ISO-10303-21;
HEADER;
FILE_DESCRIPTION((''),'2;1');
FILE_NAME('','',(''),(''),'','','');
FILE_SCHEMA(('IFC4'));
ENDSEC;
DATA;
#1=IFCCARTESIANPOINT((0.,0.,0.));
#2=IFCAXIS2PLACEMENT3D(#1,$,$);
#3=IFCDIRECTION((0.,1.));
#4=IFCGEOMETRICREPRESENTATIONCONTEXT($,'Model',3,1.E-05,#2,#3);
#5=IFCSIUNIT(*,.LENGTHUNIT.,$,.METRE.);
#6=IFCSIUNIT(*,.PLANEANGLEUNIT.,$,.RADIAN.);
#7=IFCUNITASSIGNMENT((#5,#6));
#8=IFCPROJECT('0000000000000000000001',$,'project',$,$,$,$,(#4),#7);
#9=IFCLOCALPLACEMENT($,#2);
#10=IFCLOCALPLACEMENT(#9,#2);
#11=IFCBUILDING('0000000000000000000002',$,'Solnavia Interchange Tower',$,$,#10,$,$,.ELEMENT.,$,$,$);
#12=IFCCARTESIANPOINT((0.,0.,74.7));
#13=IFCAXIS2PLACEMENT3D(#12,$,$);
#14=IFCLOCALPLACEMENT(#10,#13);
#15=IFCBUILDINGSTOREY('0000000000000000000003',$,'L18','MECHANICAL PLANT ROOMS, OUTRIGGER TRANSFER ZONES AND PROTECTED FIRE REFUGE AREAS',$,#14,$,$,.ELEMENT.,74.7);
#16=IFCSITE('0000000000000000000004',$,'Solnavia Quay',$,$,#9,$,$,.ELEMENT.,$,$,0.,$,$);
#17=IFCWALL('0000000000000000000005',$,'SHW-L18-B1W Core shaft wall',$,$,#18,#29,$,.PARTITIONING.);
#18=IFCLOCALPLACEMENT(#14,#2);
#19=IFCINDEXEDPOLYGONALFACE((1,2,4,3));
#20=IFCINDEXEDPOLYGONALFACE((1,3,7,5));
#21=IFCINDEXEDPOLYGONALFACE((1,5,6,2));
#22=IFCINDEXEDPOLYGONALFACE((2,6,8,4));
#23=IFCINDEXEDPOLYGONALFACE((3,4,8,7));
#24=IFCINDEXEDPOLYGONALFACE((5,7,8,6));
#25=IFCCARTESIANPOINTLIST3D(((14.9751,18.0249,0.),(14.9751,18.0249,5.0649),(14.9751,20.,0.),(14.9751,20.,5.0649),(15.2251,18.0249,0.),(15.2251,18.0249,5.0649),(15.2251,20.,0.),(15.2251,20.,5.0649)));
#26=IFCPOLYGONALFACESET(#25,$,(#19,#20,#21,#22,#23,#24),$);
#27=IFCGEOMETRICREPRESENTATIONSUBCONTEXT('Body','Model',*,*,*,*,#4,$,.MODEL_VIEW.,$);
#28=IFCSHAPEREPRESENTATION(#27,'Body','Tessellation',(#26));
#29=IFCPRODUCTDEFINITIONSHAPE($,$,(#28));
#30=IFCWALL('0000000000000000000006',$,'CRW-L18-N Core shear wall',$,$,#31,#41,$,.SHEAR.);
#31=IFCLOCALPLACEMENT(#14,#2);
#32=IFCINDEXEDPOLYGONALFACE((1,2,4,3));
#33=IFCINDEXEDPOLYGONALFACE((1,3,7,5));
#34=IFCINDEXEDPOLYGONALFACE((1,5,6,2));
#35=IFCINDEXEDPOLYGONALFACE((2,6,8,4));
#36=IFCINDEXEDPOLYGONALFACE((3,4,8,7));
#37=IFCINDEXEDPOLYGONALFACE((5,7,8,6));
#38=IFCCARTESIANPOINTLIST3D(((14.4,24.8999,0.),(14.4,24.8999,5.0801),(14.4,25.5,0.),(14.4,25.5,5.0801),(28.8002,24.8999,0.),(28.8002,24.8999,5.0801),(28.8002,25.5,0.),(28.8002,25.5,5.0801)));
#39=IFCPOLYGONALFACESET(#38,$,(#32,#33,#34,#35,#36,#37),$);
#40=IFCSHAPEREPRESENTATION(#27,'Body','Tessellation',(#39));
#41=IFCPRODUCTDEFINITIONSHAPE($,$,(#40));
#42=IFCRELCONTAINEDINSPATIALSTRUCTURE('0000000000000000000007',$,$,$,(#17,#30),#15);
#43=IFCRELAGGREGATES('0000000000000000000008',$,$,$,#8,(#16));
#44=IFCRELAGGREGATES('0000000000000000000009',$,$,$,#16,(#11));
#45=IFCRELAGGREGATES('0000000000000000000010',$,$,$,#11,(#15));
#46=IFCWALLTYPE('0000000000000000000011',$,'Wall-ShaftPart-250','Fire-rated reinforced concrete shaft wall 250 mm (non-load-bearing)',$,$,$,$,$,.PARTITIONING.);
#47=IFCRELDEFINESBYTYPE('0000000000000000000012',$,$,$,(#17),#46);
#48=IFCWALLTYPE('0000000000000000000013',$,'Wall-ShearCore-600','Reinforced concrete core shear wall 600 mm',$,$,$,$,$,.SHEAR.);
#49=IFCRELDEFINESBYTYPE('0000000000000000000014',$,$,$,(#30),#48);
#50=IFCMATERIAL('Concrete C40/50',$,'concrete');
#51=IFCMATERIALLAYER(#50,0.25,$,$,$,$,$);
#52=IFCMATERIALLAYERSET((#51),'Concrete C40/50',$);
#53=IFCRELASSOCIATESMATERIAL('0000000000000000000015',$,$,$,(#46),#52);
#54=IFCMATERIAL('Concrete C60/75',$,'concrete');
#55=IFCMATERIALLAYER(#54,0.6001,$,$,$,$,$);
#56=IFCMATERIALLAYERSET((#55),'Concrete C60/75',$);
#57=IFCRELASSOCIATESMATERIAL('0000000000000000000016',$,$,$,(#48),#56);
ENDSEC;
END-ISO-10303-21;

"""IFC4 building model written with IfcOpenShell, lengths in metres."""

from ifc_helpers import new_model, si_unit, direction, frame, frame_2d, origin, place, context, subcontext, project, spatial, rectangle, extrude, material, layer, layer_set, type_object, element, save


model = new_model("IFC4")

# Units and contexts
model_context = context("Model", 3, precision=1e-05, world=origin(), true_north=direction((0.0, 1.0)))
body_context = subcontext(model_context, "Body", "Model", "MODEL_VIEW")
ifc_project = project(units=[si_unit("LENGTHUNIT", "METRE"), si_unit("PLANEANGLEUNIT", "RADIAN")], contexts=[model_context])

# Site, building, storey
site_placement = place(None, origin())
site = spatial("IfcSite", under=ifc_project, at=site_placement, Name="Solnavia Quay", CompositionType="ELEMENT", RefElevation=0.0)
building_placement = place(site_placement, origin())
building = spatial("IfcBuilding", under=site, at=building_placement, Name="Solnavia Interchange Tower", CompositionType="ELEMENT")
storey_placement = place(building_placement, frame((0.0, 0.0, 74.7)))
storey = spatial("IfcBuildingStorey", under=building, at=storey_placement, Name="L18", Description="MECHANICAL PLANT ROOMS, OUTRIGGER TRANSFER ZONES AND PROTECTED FIRE REFUGE AREAS", CompositionType="ELEMENT", Elevation=74.7)

# Shared definitions
ifc_material_1 = material(Name="Concrete C60/75", Category="concrete")

# Shared definitions
ifc_material_2 = material(Name="Concrete C40/50", Category="concrete")

# Shared definitions
ifc_layer_1 = layer(ifc_material_2, 0.25)
ifc_layer_set_1 = layer_set([ifc_layer_1], Name="Concrete C40/50")
wall_type_1 = type_object("IfcWallType", Name="Wall-ShaftPart-250", Description="Fire-rated reinforced concrete shaft wall 250 mm (non-load-bearing)", PredefinedType="PARTITIONING", material=ifc_layer_set_1)

# Walls
wall_1_placement = place(storey_placement, frame((15.1001, 18.0249, 0.0), z_axis=(0.0, 0.0, 1.0), x_axis=(0.0, 1.0, 0.0)))
element("IfcWall", 1, at=wall_1_placement, inside=storey, type_object=wall_type_1, Name="SHW-L18-B1W Core shaft wall", PredefinedType="PARTITIONING", context=body_context, shape_type="SweptSolid", body=[
    extrude(rectangle(XDim=1.9751, YDim=0.25, at=frame_2d((0.9875, 0.0))), origin(), (0.0, 0.0, 1.0), 5.0649),
])
ifc_layer_2 = layer(ifc_material_1, 0.6001)
ifc_layer_set_2 = layer_set([ifc_layer_2], Name="Concrete C60/75")
wall_type_2 = type_object("IfcWallType", Name="Wall-ShearCore-600", Description="Reinforced concrete core shear wall 600 mm", PredefinedType="SHEAR", material=ifc_layer_set_2)
wall_2_placement = place(storey_placement, frame((14.3999, 25.2, 0.0), z_axis=(0.0, 0.0, 1.0), x_axis=(1.0, 0.0, 0.0)))
element("IfcWall", 2, at=wall_2_placement, inside=storey, type_object=wall_type_2, Name="CRW-L18-N Core shear wall", PredefinedType="SHEAR", context=body_context, shape_type="SweptSolid", body=[
    extrude(rectangle(XDim=14.4001, YDim=0.6001, at=frame_2d((7.2002, 0.0))), origin(), (0.0, 0.0, 1.0), 5.0801),
])

save(model, "model.ifc")
